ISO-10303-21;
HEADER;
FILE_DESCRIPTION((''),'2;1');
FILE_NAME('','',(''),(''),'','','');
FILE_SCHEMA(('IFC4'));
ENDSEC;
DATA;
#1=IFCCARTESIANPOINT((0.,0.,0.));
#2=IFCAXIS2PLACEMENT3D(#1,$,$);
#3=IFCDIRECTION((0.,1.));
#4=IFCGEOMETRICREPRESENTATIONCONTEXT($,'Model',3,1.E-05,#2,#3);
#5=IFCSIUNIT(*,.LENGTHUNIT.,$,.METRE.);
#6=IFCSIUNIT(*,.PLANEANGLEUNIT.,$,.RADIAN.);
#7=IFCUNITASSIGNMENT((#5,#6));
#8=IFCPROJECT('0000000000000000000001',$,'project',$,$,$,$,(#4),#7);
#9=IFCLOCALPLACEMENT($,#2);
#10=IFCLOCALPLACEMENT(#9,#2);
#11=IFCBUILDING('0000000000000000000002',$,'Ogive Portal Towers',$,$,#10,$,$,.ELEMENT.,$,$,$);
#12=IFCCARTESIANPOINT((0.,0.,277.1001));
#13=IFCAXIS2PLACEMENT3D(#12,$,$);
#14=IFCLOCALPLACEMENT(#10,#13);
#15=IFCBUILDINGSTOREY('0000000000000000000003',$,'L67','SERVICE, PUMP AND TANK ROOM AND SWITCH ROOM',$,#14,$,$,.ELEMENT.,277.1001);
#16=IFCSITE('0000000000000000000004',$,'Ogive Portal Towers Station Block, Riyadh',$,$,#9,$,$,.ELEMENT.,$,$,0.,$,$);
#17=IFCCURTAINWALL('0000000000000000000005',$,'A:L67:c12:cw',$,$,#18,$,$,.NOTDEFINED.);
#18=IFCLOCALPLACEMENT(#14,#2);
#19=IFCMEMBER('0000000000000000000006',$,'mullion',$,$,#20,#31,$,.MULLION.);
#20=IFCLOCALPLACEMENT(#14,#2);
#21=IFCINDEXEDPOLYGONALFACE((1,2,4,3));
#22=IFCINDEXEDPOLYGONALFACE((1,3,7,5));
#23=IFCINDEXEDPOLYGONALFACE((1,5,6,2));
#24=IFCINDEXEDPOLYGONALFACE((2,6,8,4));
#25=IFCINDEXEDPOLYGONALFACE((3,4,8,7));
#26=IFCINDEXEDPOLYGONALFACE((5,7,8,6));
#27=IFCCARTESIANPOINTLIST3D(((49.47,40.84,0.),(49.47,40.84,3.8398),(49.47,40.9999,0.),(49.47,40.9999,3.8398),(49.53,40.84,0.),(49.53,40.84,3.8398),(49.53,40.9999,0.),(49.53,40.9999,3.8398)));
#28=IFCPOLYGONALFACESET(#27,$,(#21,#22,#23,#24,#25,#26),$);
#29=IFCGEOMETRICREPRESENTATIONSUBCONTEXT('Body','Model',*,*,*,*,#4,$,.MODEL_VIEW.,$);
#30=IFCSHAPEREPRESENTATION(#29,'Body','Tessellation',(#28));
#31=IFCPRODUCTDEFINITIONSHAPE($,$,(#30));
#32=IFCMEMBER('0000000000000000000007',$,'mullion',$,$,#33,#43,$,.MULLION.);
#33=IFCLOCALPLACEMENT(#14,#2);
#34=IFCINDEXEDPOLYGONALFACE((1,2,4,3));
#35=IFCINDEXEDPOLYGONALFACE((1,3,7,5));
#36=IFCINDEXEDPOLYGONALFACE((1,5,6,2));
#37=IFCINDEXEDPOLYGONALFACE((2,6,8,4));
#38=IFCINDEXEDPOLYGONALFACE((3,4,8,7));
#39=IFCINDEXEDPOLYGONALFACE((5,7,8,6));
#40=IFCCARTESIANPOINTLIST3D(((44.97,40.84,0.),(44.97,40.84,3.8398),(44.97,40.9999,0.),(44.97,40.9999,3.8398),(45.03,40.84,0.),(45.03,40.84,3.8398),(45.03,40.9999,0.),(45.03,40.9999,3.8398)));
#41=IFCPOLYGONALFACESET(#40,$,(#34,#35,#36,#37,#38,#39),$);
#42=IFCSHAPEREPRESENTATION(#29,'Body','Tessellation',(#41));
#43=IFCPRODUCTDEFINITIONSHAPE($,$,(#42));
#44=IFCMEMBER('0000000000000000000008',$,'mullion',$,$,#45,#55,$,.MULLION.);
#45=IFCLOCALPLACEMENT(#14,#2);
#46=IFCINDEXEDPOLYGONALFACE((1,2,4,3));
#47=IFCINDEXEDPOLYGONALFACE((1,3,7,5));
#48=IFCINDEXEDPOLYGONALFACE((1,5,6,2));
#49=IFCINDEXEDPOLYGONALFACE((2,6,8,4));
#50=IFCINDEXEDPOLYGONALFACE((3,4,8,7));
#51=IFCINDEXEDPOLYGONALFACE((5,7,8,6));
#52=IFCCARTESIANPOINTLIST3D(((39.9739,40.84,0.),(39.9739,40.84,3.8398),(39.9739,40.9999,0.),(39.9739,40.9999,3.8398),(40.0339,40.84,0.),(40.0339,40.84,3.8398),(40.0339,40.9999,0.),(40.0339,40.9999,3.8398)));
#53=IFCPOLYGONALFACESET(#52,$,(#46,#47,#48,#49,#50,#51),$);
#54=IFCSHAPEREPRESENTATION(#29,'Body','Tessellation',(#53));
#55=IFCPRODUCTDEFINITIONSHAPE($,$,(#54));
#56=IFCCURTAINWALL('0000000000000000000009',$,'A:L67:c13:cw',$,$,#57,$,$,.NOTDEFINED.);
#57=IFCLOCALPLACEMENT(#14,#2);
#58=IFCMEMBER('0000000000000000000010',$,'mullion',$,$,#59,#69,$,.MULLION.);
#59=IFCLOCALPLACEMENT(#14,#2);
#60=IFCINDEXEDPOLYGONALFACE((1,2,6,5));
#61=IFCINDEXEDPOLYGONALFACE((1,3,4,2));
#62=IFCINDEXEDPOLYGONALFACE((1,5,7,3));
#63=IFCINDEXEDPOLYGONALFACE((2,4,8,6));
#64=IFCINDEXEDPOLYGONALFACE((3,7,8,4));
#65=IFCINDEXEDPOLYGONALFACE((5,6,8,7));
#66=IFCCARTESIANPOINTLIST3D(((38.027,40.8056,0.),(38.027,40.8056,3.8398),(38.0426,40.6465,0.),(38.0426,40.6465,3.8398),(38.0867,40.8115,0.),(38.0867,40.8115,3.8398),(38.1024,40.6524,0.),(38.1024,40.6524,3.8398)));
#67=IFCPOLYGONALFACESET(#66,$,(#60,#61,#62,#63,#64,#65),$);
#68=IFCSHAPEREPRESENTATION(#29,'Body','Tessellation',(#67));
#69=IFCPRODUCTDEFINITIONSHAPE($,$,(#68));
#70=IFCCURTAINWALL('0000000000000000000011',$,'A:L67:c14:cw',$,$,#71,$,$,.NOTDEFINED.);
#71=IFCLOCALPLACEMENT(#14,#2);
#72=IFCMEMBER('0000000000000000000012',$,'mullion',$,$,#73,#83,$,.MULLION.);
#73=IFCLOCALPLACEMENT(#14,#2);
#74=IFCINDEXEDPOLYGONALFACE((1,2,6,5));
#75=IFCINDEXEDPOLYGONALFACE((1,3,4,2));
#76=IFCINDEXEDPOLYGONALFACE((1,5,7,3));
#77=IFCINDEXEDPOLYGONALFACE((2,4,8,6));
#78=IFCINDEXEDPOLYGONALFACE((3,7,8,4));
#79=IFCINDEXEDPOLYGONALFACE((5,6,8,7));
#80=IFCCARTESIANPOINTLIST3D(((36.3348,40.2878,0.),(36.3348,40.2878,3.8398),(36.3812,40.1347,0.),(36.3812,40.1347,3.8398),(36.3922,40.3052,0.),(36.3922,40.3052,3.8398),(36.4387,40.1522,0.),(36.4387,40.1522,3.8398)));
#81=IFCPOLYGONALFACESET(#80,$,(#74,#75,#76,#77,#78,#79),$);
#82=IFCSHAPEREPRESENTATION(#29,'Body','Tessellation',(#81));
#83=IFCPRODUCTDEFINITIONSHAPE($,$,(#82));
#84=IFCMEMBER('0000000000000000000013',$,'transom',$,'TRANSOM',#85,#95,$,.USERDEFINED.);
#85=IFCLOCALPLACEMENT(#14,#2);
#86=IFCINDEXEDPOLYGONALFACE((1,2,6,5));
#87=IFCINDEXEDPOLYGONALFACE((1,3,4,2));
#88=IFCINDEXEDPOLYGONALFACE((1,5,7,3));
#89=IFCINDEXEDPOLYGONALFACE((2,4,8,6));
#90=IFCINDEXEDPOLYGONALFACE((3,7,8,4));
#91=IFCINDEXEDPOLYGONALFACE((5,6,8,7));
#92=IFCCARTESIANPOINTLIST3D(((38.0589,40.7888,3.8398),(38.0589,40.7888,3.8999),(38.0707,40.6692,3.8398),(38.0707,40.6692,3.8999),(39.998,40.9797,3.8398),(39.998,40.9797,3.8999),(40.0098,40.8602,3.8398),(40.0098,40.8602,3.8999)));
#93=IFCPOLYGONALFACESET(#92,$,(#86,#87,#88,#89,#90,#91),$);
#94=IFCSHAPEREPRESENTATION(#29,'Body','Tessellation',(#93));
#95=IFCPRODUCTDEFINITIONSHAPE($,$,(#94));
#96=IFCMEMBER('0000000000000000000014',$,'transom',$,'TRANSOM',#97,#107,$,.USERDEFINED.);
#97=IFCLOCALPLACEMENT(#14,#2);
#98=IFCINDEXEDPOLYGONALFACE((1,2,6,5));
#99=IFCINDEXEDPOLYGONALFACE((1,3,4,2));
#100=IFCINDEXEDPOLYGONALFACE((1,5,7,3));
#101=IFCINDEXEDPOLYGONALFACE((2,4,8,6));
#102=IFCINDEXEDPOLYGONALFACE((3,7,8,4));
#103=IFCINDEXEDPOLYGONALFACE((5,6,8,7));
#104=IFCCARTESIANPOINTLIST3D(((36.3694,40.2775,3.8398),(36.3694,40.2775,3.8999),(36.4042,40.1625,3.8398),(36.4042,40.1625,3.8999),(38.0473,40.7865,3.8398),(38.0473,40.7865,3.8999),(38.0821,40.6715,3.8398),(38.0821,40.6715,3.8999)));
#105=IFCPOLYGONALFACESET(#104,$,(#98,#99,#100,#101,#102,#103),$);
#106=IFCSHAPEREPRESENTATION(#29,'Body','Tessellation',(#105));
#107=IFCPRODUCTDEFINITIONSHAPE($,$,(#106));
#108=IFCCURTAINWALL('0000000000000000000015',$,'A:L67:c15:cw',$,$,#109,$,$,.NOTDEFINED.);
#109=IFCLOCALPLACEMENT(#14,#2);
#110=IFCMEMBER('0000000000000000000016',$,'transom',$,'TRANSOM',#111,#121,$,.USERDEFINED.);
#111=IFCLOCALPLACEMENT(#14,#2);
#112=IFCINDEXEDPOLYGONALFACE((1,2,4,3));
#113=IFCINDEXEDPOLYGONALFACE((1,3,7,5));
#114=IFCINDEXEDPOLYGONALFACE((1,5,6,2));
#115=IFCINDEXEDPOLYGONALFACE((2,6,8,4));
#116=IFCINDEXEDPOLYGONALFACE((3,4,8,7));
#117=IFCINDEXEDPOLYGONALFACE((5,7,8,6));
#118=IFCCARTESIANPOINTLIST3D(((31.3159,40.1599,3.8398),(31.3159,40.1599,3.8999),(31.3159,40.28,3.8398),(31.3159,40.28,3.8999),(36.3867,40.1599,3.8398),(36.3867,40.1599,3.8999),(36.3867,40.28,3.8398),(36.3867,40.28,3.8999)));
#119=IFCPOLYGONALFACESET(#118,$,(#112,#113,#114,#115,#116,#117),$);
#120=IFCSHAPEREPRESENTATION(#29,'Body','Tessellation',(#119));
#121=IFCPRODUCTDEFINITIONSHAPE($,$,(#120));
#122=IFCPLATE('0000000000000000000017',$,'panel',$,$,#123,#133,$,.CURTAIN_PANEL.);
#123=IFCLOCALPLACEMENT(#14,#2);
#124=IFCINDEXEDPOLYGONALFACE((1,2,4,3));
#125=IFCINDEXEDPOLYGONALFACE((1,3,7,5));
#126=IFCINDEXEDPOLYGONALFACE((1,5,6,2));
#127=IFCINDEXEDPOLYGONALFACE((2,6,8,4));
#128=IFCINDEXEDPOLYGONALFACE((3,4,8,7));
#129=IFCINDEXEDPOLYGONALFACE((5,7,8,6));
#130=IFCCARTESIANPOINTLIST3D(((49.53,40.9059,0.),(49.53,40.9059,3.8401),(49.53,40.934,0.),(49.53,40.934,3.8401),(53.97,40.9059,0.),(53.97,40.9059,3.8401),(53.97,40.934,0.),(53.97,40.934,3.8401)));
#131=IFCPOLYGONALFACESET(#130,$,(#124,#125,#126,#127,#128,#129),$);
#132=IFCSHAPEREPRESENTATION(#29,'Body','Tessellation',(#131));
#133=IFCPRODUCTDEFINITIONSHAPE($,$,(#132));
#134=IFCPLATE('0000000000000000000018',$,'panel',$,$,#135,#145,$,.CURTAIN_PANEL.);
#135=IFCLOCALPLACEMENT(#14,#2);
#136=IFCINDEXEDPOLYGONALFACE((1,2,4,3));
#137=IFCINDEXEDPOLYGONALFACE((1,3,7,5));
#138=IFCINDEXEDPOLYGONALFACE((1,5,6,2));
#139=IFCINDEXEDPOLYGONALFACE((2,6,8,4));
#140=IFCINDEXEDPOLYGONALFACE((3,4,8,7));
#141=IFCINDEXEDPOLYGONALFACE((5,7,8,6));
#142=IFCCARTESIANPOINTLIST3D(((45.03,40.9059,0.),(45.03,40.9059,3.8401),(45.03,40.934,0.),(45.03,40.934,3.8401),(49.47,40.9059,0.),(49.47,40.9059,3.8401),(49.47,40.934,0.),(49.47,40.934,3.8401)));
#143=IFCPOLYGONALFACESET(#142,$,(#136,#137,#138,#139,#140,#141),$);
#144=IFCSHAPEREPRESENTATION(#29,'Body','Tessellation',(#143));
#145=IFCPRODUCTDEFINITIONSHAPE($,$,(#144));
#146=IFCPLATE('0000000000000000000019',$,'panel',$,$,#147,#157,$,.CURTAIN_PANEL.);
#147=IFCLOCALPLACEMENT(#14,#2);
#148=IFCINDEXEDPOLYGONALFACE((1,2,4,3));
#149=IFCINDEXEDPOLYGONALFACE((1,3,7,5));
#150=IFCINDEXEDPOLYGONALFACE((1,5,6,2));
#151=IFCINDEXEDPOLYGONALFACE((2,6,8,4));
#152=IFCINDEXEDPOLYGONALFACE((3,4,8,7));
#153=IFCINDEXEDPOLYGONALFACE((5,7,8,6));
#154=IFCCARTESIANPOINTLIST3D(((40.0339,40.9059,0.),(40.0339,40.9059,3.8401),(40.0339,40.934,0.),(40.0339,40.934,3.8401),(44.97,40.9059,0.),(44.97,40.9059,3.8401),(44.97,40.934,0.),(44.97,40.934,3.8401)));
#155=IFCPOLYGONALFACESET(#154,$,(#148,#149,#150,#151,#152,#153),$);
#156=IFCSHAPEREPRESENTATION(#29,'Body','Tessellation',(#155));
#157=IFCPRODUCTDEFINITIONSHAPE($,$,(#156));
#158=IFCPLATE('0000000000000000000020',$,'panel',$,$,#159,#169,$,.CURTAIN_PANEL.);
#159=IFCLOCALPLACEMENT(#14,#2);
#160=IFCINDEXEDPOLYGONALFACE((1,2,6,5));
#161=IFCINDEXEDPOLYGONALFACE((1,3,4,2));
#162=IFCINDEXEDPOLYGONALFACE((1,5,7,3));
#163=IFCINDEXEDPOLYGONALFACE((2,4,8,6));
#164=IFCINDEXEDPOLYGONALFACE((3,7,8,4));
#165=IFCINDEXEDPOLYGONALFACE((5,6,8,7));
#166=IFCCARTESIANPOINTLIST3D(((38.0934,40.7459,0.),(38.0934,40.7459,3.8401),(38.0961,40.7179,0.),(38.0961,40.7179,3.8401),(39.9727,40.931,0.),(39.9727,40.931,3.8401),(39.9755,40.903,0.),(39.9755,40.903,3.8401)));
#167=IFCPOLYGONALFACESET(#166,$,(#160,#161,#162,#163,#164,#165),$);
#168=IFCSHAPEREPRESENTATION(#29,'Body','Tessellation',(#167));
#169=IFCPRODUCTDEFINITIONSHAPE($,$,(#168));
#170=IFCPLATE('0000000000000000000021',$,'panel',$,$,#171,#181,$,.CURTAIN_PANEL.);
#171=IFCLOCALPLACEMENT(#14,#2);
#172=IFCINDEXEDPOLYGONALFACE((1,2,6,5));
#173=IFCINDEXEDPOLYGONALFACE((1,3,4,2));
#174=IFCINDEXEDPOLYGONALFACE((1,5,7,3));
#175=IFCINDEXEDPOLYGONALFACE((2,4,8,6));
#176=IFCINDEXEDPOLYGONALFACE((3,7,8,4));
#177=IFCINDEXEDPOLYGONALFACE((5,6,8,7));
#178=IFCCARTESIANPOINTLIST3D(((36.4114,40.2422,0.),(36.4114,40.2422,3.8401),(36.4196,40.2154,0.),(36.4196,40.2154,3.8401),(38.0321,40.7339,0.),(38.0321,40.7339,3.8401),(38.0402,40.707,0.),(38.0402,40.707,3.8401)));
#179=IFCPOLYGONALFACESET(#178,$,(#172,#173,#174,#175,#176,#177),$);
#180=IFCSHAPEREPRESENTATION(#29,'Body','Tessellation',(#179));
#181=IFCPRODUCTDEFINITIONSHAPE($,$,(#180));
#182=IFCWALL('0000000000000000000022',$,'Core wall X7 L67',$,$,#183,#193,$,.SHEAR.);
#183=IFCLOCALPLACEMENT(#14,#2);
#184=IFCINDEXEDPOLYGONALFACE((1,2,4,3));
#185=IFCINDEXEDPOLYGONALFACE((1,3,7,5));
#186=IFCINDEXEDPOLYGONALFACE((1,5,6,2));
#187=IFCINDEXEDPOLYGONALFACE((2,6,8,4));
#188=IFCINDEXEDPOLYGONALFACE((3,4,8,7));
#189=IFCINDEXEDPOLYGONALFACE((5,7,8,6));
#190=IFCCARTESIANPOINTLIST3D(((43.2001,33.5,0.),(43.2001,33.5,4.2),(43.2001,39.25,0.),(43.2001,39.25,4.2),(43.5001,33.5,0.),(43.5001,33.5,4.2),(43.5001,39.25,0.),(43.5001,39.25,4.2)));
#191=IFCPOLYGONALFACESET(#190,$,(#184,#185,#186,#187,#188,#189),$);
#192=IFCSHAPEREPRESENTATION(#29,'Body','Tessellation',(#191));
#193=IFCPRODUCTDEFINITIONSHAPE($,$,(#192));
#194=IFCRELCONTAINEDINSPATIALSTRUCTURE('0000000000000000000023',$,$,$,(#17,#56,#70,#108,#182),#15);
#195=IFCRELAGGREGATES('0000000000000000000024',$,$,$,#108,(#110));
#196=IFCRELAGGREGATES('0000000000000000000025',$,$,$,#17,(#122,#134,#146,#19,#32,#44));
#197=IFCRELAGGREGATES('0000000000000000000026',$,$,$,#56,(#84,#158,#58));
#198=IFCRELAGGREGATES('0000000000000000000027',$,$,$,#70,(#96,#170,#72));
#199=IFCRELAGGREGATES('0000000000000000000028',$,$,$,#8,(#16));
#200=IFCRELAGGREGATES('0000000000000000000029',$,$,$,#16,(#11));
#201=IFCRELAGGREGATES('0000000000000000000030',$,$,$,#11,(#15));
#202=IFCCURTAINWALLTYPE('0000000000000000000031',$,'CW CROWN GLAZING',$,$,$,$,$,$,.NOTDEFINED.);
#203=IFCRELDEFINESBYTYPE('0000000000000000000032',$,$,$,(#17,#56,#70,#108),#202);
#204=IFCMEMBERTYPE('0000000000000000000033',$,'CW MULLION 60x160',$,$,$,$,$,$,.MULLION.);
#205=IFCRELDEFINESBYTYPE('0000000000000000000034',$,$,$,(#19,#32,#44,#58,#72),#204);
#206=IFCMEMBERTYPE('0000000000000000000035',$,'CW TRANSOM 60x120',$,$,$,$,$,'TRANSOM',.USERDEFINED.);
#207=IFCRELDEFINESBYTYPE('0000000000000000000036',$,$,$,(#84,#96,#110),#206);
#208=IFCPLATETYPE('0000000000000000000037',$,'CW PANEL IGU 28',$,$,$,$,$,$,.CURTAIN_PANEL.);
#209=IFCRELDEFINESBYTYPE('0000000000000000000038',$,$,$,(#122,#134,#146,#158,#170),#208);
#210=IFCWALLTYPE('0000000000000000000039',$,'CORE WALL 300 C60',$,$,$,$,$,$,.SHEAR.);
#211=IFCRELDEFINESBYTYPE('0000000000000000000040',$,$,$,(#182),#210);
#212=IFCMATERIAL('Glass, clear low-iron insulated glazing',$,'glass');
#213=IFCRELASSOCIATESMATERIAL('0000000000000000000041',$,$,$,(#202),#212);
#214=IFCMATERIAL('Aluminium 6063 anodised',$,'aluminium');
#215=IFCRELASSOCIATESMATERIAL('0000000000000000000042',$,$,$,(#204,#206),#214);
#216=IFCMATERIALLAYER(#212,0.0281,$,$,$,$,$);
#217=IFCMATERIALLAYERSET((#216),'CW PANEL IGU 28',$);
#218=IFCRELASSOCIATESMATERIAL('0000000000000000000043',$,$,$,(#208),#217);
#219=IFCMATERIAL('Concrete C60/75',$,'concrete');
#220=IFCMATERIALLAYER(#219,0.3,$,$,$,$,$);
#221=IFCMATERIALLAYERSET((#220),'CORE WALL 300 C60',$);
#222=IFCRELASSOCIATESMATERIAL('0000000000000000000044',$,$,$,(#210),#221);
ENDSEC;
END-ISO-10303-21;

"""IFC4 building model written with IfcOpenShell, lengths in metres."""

from ifc_helpers import new_model, si_unit, direction, frame, frame_2d, origin, origin_2d, place, context, subcontext, project, spatial, rectangle, extrude, material, layer, layer_set, material_profile, profile_set, type_object, element, aggregate, save


model = new_model("IFC4")

# Units and contexts
model_context = context("Model", 3, precision=1e-05, world=origin(), true_north=direction((0.0, 1.0)))
body_context = subcontext(model_context, "Body", "Model", "MODEL_VIEW")
ifc_project = project(units=[si_unit("LENGTHUNIT", "METRE"), si_unit("PLANEANGLEUNIT", "RADIAN")], contexts=[model_context])

# Site, building, storey
site_placement = place(None, origin())
site = spatial("IfcSite", under=ifc_project, at=site_placement, Name="Ogive Portal Towers Station Block, Riyadh", CompositionType="ELEMENT", RefElevation=0.0)
building_placement = place(site_placement, origin())
building = spatial("IfcBuilding", under=site, at=building_placement, Name="Ogive Portal Towers", CompositionType="ELEMENT")
storey_placement = place(building_placement, frame((0.0, 0.0, 277.1001)))
storey = spatial("IfcBuildingStorey", under=building, at=storey_placement, Name="L67", Description="SERVICE, PUMP AND TANK ROOM AND SWITCH ROOM", CompositionType="ELEMENT", Elevation=277.1001)

# Curtain wall, members
ifc_material_1 = material(Name="Glass, clear low-iron insulated glazing", Category="glass")
curtain_wall_type = type_object("IfcCurtainWallType", Name="CW CROWN GLAZING", PredefinedType="NOTDEFINED", material=ifc_material_1)
curtain_wall_1_placement = place(storey_placement, origin())
curtain_wall_1 = element("IfcCurtainWall", 1, at=curtain_wall_1_placement, inside=storey, type_object=curtain_wall_type, Name="A:L67:c12:cw", PredefinedType="NOTDEFINED")
ifc_material_2 = material(Name="Aluminium 6063 anodised", Category="aluminium")
ifc_material_profile_1 = material_profile(ifc_material_2, rectangle(XDim=0.1599, YDim=0.0601, at=origin_2d()), Name="AL 60x160")
ifc_profile_set_1 = profile_set([ifc_material_profile_1], Name="Aluminium 6063 anodised")
member_type_1 = type_object("IfcMemberType", Name="CW MULLION 60x160", PredefinedType="MULLION", material=ifc_profile_set_1)
member_1_placement = place(storey_placement, frame((49.5, 40.9199, 0.0), z_axis=(0.0, 0.0, 1.0), x_axis=(0.0, -1.0, 0.0)))
member_1 = element("IfcMember", 2, at=member_1_placement, type_object=member_type_1, Name="mullion", PredefinedType="MULLION", context=body_context, shape_type="SweptSolid", body=[
    extrude(rectangle(XDim=0.1599, YDim=0.0601, at=origin_2d()), origin(), (0.0, 0.0, 1.0), 3.8398),
])
member_2_placement = place(storey_placement, frame((45.0, 40.9199, 0.0), z_axis=(0.0, 0.0, 1.0), x_axis=(0.0, -1.0, 0.0)))
member_2 = element("IfcMember", 3, at=member_2_placement, type_object=member_type_1, Name="mullion", PredefinedType="MULLION", context=body_context, shape_type="SweptSolid", body=[
    extrude(rectangle(XDim=0.1599, YDim=0.0601, at=origin_2d()), origin(), (0.0, 0.0, 1.0), 3.8398),
])
member_3_placement = place(storey_placement, frame((40.0039, 40.9199, 0.0), z_axis=(0.0, 0.0, 1.0), x_axis=(0.0, -1.0, 0.0)))
member_3 = element("IfcMember", 4, at=member_3_placement, type_object=member_type_1, Name="mullion", PredefinedType="MULLION", context=body_context, shape_type="SweptSolid", body=[
    extrude(rectangle(XDim=0.1599, YDim=0.0601, at=origin_2d()), origin(), (0.0, 0.0, 1.0), 3.8398),
])

# Curtain walls, members
curtain_wall_2_placement = place(storey_placement, origin())
curtain_wall_2 = element("IfcCurtainWall", 5, at=curtain_wall_2_placement, inside=storey, type_object=curtain_wall_type, Name="A:L67:c13:cw", PredefinedType="NOTDEFINED")
member_4_placement = place(storey_placement, frame((38.0647, 40.729, 0.0), z_axis=(0.0, 0.0, 1.0), x_axis=(0.098017, -0.995185, 0.0)))
member_4 = element("IfcMember", 6, at=member_4_placement, type_object=member_type_1, Name="mullion", PredefinedType="MULLION", context=body_context, shape_type="SweptSolid", body=[
    extrude(rectangle(XDim=0.1599, YDim=0.0601, at=origin_2d()), origin(), (0.0, 0.0, 1.0), 3.8398),
])
curtain_wall_3_placement = place(storey_placement, origin())
curtain_wall_3 = element("IfcCurtainWall", 7, at=curtain_wall_3_placement, inside=storey, type_object=curtain_wall_type, Name="A:L67:c14:cw", PredefinedType="NOTDEFINED")
member_5_placement = place(storey_placement, frame((36.3867, 40.22, 0.0), z_axis=(0.0, 0.0, 1.0), x_axis=(0.290285, -0.95694, 0.0)))
member_5 = element("IfcMember", 8, at=member_5_placement, type_object=member_type_1, Name="mullion", PredefinedType="MULLION", context=body_context, shape_type="SweptSolid", body=[
    extrude(rectangle(XDim=0.1599, YDim=0.0601, at=origin_2d()), origin(), (0.0, 0.0, 1.0), 3.8398),
])

# Members
ifc_material_profile_2 = material_profile(ifc_material_2, rectangle(XDim=0.1201, YDim=0.0601, at=origin_2d()), Name="AL 120x60")
ifc_profile_set_2 = profile_set([ifc_material_profile_2], Name="Aluminium 6063 anodised")
member_type_2 = type_object("IfcMemberType", Name="CW TRANSOM 60x120", ElementType="TRANSOM", PredefinedType="USERDEFINED", material=ifc_profile_set_2)
member_6_placement = place(storey_placement, frame((40.0039, 40.9199, 3.8699), z_axis=(-0.995189, -0.097978, 0.0), x_axis=(0.097978, -0.995189, 0.0)))
member_6 = element("IfcMember", 9, at=member_6_placement, type_object=member_type_2, Name="transom", ObjectType="TRANSOM", PredefinedType="USERDEFINED", context=body_context, shape_type="SweptSolid", body=[
    extrude(rectangle(XDim=0.1201, YDim=0.0601, at=origin_2d()), origin(), (0.0, 0.0, 1.0), 1.9485),
])
member_7_placement = place(storey_placement, frame((38.0647, 40.729, 3.8699), z_axis=(-0.956937, -0.290297, 0.0), x_axis=(0.290297, -0.956937, 0.0)))
member_7 = element("IfcMember", 10, at=member_7_placement, type_object=member_type_2, Name="transom", ObjectType="TRANSOM", PredefinedType="USERDEFINED", context=body_context, shape_type="SweptSolid", body=[
    extrude(rectangle(XDim=0.1201, YDim=0.0601, at=origin_2d()), origin(), (0.0, 0.0, 1.0), 1.7534),
])

# Curtain wall, member
curtain_wall_4_placement = place(storey_placement, origin())
curtain_wall_4 = element("IfcCurtainWall", 11, at=curtain_wall_4_placement, inside=storey, type_object=curtain_wall_type, Name="A:L67:c15:cw", PredefinedType="NOTDEFINED")
member_8_placement = place(storey_placement, frame((36.3867, 40.22, 3.8699), z_axis=(-1.0, 0.0, 0.0), x_axis=(0.0, -1.0, 0.0)))
member_8 = element("IfcMember", 12, at=member_8_placement, type_object=member_type_2, Name="transom", ObjectType="TRANSOM", PredefinedType="USERDEFINED", context=body_context, shape_type="SweptSolid", body=[
    extrude(rectangle(XDim=0.1201, YDim=0.0601, at=origin_2d()), origin(), (0.0, 0.0, 1.0), 5.0708),
])
aggregate(curtain_wall_4, [member_8])

# Plates
ifc_layer_1 = layer(ifc_material_1, 0.0281)
ifc_layer_set_1 = layer_set([ifc_layer_1], Name="CW PANEL IGU 28")
plate_type = type_object("IfcPlateType", Name="CW PANEL IGU 28", PredefinedType="CURTAIN_PANEL", material=ifc_layer_set_1)
plate_1_placement = place(storey_placement, frame((51.75, 40.9199, 0.0), z_axis=(0.0, 0.0, 1.0), x_axis=(-1.0, 0.0, 0.0)))
plate_1 = element("IfcPlate", 13, at=plate_1_placement, type_object=plate_type, Name="panel", PredefinedType="CURTAIN_PANEL", context=body_context, shape_type="SweptSolid", body=[
    extrude(rectangle(XDim=4.4399, YDim=0.0281, at=origin_2d()), origin(), (0.0, 0.0, 1.0), 3.8401),
])
plate_2_placement = place(storey_placement, frame((47.25, 40.9199, 0.0), z_axis=(0.0, 0.0, 1.0), x_axis=(-1.0, 0.0, 0.0)))
plate_2 = element("IfcPlate", 14, at=plate_2_placement, type_object=plate_type, Name="panel", PredefinedType="CURTAIN_PANEL", context=body_context, shape_type="SweptSolid", body=[
    extrude(rectangle(XDim=4.4399, YDim=0.0281, at=origin_2d()), origin(), (0.0, 0.0, 1.0), 3.8401),
])
plate_3_placement = place(storey_placement, frame((42.502, 40.9199, 0.0), z_axis=(0.0, 0.0, 1.0), x_axis=(-1.0, 0.0, 0.0)))
plate_3 = element("IfcPlate", 15, at=plate_3_placement, type_object=plate_type, Name="panel", PredefinedType="CURTAIN_PANEL", context=body_context, shape_type="SweptSolid", body=[
    extrude(rectangle(XDim=4.936, YDim=0.0281, at=origin_2d()), origin(), (0.0, 0.0, 1.0), 3.8401),
])
aggregate(curtain_wall_1, [plate_1, plate_2, plate_3, member_1, member_2, member_3])
plate_4_placement = place(storey_placement, frame((39.0344, 40.8245, 0.0), z_axis=(0.0, 0.0, 1.0), x_axis=(-0.995185, -0.098017, 0.0)))
plate_4 = element("IfcPlate", 16, at=plate_4_placement, type_object=plate_type, Name="panel", PredefinedType="CURTAIN_PANEL", context=body_context, shape_type="SweptSolid", body=[
    extrude(rectangle(XDim=1.8884, YDim=0.0281, at=origin_2d()), origin(), (0.0, 0.0, 1.0), 3.8401),
])
aggregate(curtain_wall_2, [member_6, plate_4, member_4])
plate_5_placement = place(storey_placement, frame((37.2258, 40.4746, 0.0), z_axis=(0.0, 0.0, 1.0), x_axis=(-0.95694, -0.290285, 0.0)))
plate_5 = element("IfcPlate", 17, at=plate_5_placement, type_object=plate_type, Name="panel", PredefinedType="CURTAIN_PANEL", context=body_context, shape_type="SweptSolid", body=[
    extrude(rectangle(XDim=1.6936, YDim=0.0281, at=origin_2d()), origin(), (0.0, 0.0, 1.0), 3.8401),
])
aggregate(curtain_wall_3, [member_7, plate_5, member_5])

# Shared definitions
ifc_material_3 = material(Name="Concrete C60/75", Category="concrete")
ifc_layer_2 = layer(ifc_material_3, 0.3)
ifc_layer_set_2 = layer_set([ifc_layer_2], Name="CORE WALL 300 C60")
wall_type_1 = type_object("IfcWallType", Name="CORE WALL 300 C60", PredefinedType="SHEAR", material=ifc_layer_set_2)

# Wall
for number, where, z_axis, x_axis, name in (
    (18, (43.3501, 33.5, 0.0), (0.0, 0.0, 1.0), (0.0, 1.0, 0.0), "Core wall X7 L67"),
):
    element("IfcWall", number, at=place(storey_placement, frame(where, z_axis=z_axis, x_axis=x_axis)), inside=storey, type_object=wall_type_1, Name=name, PredefinedType="SHEAR", context=body_context, shape_type="SweptSolid", body=[
        extrude(rectangle(XDim=5.75, YDim=0.3, at=frame_2d((2.875, 0.0))), origin(), (0.0, 0.0, 1.0), 4.2),
    ])

save(model, "model.ifc")
